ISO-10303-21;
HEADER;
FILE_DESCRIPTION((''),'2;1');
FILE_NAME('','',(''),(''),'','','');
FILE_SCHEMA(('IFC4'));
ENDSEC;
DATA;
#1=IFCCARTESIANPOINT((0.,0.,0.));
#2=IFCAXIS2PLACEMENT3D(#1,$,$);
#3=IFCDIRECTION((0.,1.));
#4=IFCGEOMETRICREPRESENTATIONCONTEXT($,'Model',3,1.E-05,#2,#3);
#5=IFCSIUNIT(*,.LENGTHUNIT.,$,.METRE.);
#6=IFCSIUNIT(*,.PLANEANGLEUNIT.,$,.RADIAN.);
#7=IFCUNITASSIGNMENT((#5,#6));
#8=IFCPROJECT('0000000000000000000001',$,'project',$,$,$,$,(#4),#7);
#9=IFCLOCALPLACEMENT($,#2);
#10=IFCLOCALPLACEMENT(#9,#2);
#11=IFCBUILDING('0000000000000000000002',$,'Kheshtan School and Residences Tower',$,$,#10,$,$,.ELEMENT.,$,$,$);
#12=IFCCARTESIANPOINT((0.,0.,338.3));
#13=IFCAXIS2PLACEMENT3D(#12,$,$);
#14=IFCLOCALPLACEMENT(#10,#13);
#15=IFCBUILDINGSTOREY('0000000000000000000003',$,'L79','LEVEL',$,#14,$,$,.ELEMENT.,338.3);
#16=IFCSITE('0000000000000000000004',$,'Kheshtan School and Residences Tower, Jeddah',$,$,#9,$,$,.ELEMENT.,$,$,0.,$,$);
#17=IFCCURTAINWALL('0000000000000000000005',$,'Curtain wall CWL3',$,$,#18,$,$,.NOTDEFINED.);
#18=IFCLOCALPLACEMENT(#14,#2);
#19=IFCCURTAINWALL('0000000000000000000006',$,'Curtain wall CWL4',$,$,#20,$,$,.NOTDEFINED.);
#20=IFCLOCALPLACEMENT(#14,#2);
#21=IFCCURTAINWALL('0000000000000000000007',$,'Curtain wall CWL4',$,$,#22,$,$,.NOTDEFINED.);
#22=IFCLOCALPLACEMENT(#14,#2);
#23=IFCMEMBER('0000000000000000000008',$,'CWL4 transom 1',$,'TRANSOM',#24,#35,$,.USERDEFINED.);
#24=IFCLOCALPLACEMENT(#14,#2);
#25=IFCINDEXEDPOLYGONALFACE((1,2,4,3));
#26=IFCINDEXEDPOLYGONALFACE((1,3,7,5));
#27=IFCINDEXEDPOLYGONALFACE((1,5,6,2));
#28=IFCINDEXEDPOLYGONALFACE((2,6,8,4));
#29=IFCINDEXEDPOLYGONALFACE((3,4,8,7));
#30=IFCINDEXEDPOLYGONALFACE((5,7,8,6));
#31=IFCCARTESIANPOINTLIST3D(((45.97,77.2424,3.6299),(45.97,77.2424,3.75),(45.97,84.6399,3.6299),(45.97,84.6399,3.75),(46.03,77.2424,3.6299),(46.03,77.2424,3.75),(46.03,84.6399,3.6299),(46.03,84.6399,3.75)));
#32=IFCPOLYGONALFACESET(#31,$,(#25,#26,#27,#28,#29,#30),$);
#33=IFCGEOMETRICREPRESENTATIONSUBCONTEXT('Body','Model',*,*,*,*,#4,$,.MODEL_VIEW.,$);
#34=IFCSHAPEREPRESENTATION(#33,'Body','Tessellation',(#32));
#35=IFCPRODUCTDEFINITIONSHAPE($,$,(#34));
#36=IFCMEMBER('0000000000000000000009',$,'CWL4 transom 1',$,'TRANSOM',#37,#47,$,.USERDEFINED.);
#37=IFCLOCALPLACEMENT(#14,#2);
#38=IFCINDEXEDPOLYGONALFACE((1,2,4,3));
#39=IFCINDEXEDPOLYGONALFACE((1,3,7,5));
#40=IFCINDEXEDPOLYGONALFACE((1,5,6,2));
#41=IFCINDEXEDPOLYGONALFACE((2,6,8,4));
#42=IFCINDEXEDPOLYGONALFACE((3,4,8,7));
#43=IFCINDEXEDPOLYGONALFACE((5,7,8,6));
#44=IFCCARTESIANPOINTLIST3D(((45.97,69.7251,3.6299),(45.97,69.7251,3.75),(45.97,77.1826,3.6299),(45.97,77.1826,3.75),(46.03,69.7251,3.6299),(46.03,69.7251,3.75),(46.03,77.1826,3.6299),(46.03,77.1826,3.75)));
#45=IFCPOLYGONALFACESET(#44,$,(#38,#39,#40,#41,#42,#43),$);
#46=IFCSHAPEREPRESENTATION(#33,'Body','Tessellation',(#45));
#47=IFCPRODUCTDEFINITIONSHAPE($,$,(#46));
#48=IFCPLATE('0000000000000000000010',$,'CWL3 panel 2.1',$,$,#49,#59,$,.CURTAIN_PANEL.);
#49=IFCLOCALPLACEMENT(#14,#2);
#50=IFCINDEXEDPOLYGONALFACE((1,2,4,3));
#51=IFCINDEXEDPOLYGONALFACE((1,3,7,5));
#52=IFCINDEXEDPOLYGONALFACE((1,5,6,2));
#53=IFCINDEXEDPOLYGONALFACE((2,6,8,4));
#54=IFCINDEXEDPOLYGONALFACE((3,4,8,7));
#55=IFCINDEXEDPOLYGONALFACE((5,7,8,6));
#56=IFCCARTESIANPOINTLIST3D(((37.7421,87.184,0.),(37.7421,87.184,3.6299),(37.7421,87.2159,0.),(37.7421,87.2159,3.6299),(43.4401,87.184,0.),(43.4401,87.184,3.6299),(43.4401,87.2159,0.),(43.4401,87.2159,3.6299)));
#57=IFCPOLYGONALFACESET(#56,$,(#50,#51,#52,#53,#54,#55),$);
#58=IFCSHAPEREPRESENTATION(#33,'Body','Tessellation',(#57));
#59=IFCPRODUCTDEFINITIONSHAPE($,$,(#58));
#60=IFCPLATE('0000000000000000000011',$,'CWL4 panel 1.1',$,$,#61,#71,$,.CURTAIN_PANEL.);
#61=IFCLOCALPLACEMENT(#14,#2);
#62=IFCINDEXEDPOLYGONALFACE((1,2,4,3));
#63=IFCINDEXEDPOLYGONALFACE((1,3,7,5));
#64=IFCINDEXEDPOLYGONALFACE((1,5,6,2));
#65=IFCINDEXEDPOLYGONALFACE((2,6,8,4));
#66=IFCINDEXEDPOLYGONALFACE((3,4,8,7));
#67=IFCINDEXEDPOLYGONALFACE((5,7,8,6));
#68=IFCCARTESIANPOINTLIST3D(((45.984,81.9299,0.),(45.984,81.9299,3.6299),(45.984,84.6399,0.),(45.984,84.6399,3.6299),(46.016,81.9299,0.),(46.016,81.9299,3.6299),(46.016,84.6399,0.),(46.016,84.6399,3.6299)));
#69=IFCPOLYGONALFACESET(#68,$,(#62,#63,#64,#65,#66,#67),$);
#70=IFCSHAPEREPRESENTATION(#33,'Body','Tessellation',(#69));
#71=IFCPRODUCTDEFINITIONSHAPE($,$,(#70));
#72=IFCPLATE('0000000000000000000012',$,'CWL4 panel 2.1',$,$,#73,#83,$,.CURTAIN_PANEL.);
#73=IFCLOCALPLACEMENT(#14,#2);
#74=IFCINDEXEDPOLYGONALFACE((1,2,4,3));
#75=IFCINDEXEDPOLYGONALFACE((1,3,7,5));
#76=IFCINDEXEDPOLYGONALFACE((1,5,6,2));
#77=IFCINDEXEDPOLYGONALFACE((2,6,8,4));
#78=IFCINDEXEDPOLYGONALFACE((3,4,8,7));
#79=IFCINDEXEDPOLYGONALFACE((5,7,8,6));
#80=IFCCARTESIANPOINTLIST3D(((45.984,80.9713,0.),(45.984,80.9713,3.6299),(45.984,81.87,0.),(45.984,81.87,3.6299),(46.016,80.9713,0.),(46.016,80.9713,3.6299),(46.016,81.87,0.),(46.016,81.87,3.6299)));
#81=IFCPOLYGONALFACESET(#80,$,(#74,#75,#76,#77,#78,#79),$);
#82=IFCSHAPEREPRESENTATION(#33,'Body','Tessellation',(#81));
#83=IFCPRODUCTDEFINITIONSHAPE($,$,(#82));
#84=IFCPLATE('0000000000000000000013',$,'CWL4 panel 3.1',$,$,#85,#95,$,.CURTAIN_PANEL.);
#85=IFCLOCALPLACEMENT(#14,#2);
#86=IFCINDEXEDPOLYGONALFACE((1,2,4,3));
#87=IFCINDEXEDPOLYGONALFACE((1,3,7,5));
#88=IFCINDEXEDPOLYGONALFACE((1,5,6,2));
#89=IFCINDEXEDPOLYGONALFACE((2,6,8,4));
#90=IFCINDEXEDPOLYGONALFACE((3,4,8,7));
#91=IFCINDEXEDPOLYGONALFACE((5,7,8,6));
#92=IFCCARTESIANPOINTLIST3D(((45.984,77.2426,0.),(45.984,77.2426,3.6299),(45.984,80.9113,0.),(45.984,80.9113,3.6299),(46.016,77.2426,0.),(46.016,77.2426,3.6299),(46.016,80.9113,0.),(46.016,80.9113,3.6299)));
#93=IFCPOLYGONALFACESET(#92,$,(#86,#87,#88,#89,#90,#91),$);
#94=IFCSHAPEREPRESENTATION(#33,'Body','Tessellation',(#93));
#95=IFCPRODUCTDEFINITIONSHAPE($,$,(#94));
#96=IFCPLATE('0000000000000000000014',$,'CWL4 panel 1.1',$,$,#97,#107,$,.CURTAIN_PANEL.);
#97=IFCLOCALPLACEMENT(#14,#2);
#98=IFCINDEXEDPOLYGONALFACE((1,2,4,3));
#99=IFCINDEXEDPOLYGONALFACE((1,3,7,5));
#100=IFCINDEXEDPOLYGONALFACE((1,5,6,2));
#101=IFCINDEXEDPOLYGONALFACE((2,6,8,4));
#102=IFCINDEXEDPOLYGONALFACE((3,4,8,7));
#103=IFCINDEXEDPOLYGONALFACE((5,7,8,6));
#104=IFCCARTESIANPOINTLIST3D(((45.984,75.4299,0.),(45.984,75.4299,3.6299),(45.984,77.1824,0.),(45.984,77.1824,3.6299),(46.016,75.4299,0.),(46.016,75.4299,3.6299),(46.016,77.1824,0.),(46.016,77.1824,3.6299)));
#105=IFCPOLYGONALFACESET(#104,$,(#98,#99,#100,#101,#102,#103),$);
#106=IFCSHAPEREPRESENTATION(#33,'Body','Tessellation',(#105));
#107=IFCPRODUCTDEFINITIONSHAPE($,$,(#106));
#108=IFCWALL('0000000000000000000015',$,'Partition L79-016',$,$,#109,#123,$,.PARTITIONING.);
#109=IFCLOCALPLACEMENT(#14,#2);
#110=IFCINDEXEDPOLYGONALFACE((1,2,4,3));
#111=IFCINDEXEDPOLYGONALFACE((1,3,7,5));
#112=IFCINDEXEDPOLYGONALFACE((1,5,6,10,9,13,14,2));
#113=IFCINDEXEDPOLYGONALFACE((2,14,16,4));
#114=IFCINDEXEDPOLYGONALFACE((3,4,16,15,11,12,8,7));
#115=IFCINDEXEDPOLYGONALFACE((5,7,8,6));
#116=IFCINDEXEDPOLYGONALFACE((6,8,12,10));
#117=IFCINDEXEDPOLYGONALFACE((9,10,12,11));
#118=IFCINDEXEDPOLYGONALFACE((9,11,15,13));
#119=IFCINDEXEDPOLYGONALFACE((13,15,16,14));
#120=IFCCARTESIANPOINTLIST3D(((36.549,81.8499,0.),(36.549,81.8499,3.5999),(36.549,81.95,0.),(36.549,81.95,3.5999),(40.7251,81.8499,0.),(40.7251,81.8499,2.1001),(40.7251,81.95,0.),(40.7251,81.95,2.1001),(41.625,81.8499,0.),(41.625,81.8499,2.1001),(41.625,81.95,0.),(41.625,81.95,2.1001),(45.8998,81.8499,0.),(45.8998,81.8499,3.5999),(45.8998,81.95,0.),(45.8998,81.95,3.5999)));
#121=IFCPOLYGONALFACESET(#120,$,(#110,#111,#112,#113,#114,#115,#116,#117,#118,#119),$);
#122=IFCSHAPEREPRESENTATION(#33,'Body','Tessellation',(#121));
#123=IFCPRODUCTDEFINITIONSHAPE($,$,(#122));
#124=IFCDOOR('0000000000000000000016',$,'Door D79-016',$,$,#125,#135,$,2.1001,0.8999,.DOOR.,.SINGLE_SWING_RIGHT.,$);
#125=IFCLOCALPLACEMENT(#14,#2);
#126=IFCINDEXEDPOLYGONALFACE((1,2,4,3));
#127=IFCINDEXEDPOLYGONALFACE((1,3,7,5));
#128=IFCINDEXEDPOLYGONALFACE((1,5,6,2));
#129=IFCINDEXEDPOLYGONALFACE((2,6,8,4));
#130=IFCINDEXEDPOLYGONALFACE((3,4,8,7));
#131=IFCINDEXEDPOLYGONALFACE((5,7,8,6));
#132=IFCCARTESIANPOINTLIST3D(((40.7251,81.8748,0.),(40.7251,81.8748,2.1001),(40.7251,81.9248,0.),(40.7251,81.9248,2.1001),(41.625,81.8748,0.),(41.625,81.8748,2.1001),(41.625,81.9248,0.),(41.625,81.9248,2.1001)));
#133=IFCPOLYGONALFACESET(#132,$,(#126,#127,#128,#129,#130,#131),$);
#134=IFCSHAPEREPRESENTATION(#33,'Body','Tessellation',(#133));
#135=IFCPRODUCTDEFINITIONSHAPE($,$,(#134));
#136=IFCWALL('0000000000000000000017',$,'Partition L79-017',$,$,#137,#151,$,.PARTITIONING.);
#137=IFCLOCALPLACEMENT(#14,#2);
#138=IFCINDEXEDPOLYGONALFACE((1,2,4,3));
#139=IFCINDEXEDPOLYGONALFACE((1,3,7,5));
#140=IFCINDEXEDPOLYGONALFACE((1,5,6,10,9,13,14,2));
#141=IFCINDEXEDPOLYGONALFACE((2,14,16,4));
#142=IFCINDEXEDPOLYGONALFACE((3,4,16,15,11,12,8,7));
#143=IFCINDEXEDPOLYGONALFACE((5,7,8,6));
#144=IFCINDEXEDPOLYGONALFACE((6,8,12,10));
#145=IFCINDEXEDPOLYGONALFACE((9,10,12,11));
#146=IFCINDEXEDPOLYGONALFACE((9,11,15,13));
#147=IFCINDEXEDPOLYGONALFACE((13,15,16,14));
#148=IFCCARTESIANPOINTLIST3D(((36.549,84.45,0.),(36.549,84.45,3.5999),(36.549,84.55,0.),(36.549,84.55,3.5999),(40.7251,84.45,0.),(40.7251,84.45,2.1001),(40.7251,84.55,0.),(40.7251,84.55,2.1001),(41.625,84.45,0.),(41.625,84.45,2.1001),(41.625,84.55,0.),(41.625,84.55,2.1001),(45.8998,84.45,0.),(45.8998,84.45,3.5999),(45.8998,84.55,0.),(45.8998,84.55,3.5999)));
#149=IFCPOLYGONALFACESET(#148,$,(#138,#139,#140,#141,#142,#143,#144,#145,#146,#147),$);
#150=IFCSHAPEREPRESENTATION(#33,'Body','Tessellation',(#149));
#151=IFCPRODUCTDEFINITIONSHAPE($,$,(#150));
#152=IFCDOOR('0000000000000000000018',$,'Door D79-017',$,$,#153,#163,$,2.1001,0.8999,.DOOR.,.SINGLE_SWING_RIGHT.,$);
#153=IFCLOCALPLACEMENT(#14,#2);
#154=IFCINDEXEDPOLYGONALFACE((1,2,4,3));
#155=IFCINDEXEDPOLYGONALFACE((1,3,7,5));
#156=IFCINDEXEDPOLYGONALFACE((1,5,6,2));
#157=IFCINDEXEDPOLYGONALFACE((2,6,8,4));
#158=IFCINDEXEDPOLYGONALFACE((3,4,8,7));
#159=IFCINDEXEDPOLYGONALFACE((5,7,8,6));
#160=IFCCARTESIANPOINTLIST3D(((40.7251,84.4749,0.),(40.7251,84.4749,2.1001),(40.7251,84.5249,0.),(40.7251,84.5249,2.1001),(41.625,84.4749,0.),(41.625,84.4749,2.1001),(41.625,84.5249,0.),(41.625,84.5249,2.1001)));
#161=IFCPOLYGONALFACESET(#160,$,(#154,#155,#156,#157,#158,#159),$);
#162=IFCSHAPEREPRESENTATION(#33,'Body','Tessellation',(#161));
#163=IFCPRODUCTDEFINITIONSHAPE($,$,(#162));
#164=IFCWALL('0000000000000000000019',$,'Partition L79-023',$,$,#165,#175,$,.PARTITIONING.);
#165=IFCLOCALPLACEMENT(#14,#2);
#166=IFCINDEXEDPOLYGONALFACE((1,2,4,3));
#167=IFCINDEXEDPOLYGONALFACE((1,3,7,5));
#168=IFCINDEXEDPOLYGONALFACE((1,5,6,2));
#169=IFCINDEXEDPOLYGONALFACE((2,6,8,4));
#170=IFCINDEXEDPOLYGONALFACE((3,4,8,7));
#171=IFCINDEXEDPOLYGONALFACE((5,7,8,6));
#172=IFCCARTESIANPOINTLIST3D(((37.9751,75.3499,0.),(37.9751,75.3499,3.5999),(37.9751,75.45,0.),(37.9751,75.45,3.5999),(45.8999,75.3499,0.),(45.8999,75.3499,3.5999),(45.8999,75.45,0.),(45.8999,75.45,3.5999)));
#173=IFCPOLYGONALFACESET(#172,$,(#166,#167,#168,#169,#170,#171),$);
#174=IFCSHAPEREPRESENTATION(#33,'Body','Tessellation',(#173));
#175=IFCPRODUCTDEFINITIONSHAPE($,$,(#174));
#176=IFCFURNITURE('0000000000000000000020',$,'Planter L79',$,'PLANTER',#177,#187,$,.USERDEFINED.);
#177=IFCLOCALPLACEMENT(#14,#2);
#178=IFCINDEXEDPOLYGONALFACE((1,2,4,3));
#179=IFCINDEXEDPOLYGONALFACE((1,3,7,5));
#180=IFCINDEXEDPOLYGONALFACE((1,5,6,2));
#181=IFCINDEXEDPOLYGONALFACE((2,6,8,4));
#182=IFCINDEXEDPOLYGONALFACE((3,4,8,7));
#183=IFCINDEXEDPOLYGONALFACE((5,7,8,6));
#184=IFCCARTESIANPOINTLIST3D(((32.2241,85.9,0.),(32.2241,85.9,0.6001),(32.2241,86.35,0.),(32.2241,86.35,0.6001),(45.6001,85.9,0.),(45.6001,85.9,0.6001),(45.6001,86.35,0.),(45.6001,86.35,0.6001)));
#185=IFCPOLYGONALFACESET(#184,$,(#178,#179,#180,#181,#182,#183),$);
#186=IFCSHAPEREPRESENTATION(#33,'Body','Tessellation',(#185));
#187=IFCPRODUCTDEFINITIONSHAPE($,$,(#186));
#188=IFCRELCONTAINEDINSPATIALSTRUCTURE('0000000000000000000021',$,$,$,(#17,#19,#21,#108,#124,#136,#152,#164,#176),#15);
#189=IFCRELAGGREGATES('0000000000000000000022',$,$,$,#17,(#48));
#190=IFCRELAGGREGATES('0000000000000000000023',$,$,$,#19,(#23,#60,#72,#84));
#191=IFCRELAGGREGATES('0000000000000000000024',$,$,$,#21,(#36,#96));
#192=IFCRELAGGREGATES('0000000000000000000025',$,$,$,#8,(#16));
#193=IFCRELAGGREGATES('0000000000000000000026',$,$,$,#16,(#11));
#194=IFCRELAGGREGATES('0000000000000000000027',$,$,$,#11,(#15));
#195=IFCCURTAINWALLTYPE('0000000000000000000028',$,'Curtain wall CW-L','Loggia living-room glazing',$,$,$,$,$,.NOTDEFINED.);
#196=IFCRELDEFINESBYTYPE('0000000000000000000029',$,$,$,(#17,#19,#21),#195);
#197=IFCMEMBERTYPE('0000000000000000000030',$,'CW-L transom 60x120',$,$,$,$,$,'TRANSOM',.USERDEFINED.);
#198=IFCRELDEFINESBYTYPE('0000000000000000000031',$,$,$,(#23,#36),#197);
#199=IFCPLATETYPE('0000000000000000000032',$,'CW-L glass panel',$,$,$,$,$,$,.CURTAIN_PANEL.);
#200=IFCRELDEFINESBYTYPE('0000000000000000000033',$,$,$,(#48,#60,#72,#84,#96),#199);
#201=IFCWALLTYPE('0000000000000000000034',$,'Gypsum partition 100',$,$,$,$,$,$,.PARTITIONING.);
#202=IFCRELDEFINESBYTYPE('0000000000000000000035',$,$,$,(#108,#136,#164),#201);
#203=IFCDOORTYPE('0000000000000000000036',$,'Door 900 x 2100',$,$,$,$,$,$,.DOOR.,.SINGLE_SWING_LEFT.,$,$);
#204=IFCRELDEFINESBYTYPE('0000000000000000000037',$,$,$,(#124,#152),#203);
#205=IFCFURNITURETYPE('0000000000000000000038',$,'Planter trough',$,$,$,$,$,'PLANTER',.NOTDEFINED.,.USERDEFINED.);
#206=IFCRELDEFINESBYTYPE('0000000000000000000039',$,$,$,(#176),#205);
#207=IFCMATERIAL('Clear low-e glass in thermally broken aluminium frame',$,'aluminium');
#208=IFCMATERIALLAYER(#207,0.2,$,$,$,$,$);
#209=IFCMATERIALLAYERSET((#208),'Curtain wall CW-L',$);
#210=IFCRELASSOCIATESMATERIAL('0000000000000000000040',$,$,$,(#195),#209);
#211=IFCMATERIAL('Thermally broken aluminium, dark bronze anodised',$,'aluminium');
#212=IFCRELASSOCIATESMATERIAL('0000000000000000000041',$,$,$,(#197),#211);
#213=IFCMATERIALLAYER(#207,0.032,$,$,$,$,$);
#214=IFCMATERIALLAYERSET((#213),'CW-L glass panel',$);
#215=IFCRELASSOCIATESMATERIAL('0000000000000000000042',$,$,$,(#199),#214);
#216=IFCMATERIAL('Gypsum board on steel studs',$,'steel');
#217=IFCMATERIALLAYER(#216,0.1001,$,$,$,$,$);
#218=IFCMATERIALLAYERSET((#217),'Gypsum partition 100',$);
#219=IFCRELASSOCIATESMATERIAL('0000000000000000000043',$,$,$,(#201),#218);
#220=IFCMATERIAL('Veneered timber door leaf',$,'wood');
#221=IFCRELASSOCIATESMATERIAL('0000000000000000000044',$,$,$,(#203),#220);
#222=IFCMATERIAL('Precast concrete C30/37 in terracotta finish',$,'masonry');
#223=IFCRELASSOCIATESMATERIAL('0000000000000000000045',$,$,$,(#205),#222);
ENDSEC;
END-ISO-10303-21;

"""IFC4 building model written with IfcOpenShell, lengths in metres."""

from ifc_helpers import new_model, si_unit, direction, frame, frame_2d, origin, origin_2d, place, context, subcontext, project, spatial, rectangle, extrude, source, transform, mapped, material, layer, layer_set, material_profile, profile_set, type_object, element, fill, aggregate, save


model = new_model("IFC4")

# Units and contexts
model_context = context("Model", 3, precision=1e-05, world=origin(), true_north=direction((0.0, 1.0)))
body_context = subcontext(model_context, "Body", "Model", "MODEL_VIEW")
ifc_project = project(units=[si_unit("LENGTHUNIT", "METRE"), si_unit("PLANEANGLEUNIT", "RADIAN")], contexts=[model_context])

# Site, building, storey
site_placement = place(None, origin())
site = spatial("IfcSite", under=ifc_project, at=site_placement, Name="Kheshtan School and Residences Tower, Jeddah", CompositionType="ELEMENT", RefElevation=0.0)
building_placement = place(site_placement, origin())
building = spatial("IfcBuilding", under=site, at=building_placement, Name="Kheshtan School and Residences Tower", CompositionType="ELEMENT")
storey_placement = place(building_placement, frame((0.0, 0.0, 338.3)))
storey = spatial("IfcBuildingStorey", under=building, at=storey_placement, Name="L79", Description="LEVEL", CompositionType="ELEMENT", Elevation=338.3)

# Curtain walls
ifc_material_1 = material(Name="Clear low-e glass in thermally broken aluminium frame", Category="aluminium")
ifc_layer_1 = layer(ifc_material_1, 0.2)
ifc_layer_set_1 = layer_set([ifc_layer_1], Name="Curtain wall CW-L")
curtain_wall_type = type_object("IfcCurtainWallType", Name="Curtain wall CW-L", Description="Loggia living-room glazing", PredefinedType="NOTDEFINED", material=ifc_layer_set_1)
curtain_wall_1_placement = place(storey_placement, origin())
curtain_wall_1 = element("IfcCurtainWall", 1, at=curtain_wall_1_placement, inside=storey, type_object=curtain_wall_type, Name="Curtain wall CWL3", PredefinedType="NOTDEFINED")
ifc_material_2 = material(Name="Thermally broken aluminium, dark bronze anodised", Category="aluminium")
curtain_wall_2_placement = place(storey_placement, origin())
curtain_wall_2 = element("IfcCurtainWall", 2, at=curtain_wall_2_placement, inside=storey, type_object=curtain_wall_type, Name="Curtain wall CWL4", PredefinedType="NOTDEFINED")

# Curtain wall
curtain_wall_3_placement = place(storey_placement, origin())
curtain_wall_3 = element("IfcCurtainWall", 3, at=curtain_wall_3_placement, inside=storey, type_object=curtain_wall_type, Name="Curtain wall CWL4", PredefinedType="NOTDEFINED")

# Members
ifc_material_profile_1 = material_profile(ifc_material_2, rectangle(XDim=0.0601, YDim=0.1201, at=origin_2d()), Name="CW-L transom 60x120")
ifc_profile_set_1 = profile_set([ifc_material_profile_1], Name="Thermally broken aluminium, dark bronze anodised")
member_type_1 = type_object("IfcMemberType", Name="CW-L transom 60x120", ElementType="TRANSOM", PredefinedType="USERDEFINED", material=ifc_profile_set_1)
member_1_placement = place(storey_placement, frame((46.0, 84.6399, 3.6899), z_axis=(0.0, -1.0, 0.0), x_axis=(1.0, 0.0, 0.0)))
member_1 = element("IfcMember", 4, at=member_1_placement, type_object=member_type_1, Name="CWL4 transom 1", ObjectType="TRANSOM", PredefinedType="USERDEFINED", context=body_context, shape_type="SweptSolid", body=[
    extrude(rectangle(XDim=0.0601, YDim=0.1201, at=origin_2d()), origin(), (0.0, 0.0, 1.0), 7.3975),
])
member_2_placement = place(storey_placement, frame((46.0, 77.1826, 3.6899), z_axis=(0.0, -1.0, 0.0), x_axis=(1.0, 0.0, 0.0)))
member_2 = element("IfcMember", 5, at=member_2_placement, type_object=member_type_1, Name="CWL4 transom 1", ObjectType="TRANSOM", PredefinedType="USERDEFINED", context=body_context, shape_type="SweptSolid", body=[
    extrude(rectangle(XDim=0.0601, YDim=0.1201, at=origin_2d()), origin(), (0.0, 0.0, 1.0), 7.4575),
])

# Plates
ifc_layer_2 = layer(ifc_material_1, 0.032)
ifc_layer_set_2 = layer_set([ifc_layer_2], Name="CW-L glass panel")
plate_type = type_object("IfcPlateType", Name="CW-L glass panel", PredefinedType="CURTAIN_PANEL", material=ifc_layer_set_2)
plate_1_placement = place(storey_placement, frame((40.5911, 87.2, 0.0), z_axis=(0.0, 0.0, 1.0), x_axis=(1.0, 0.0, 0.0)))
plate_1 = element("IfcPlate", 6, at=plate_1_placement, type_object=plate_type, Name="CWL3 panel 2.1", PredefinedType="CURTAIN_PANEL", context=body_context, shape_type="SweptSolid", body=[
    extrude(rectangle(XDim=5.698, YDim=0.032, at=origin_2d()), origin(), (0.0, 0.0, 1.0), 3.6299),
])
aggregate(curtain_wall_1, [plate_1])
plate_2_placement = place(storey_placement, frame((46.0, 83.2849, 0.0), z_axis=(0.0, 0.0, 1.0), x_axis=(0.0, -1.0, 0.0)))
plate_2 = element("IfcPlate", 7, at=plate_2_placement, type_object=plate_type, Name="CWL4 panel 1.1", PredefinedType="CURTAIN_PANEL", context=body_context, shape_type="SweptSolid", body=[
    extrude(rectangle(XDim=2.71, YDim=0.032, at=origin_2d()), origin(), (0.0, 0.0, 1.0), 3.6299),
])
plate_3_placement = place(storey_placement, frame((46.0, 81.4207, 0.0), z_axis=(0.0, 0.0, 1.0), x_axis=(0.0, -1.0, 0.0)))
plate_3 = element("IfcPlate", 8, at=plate_3_placement, type_object=plate_type, Name="CWL4 panel 2.1", PredefinedType="CURTAIN_PANEL", context=body_context, shape_type="SweptSolid", body=[
    extrude(rectangle(XDim=0.8987, YDim=0.032, at=origin_2d()), origin(), (0.0, 0.0, 1.0), 3.6299),
])
plate_4_placement = place(storey_placement, frame((46.0, 79.0769, 0.0), z_axis=(0.0, 0.0, 1.0), x_axis=(0.0, -1.0, 0.0)))
plate_4 = element("IfcPlate", 9, at=plate_4_placement, type_object=plate_type, Name="CWL4 panel 3.1", PredefinedType="CURTAIN_PANEL", context=body_context, shape_type="SweptSolid", body=[
    extrude(rectangle(XDim=3.6687, YDim=0.032, at=origin_2d()), origin(), (0.0, 0.0, 1.0), 3.6299),
])
aggregate(curtain_wall_2, [member_1, plate_2, plate_3, plate_4])
plate_5_placement = place(storey_placement, frame((46.0, 76.3062, 0.0), z_axis=(0.0, 0.0, 1.0), x_axis=(0.0, -1.0, 0.0)))
plate_5 = element("IfcPlate", 10, at=plate_5_placement, type_object=plate_type, Name="CWL4 panel 1.1", PredefinedType="CURTAIN_PANEL", context=body_context, shape_type="SweptSolid", body=[
    extrude(rectangle(XDim=1.7524, YDim=0.032, at=origin_2d()), origin(), (0.0, 0.0, 1.0), 3.6299),
])
aggregate(curtain_wall_3, [member_2, plate_5])

# Walls, openings, doors
ifc_material_3 = material(Name="Gypsum board on steel studs", Category="steel")
ifc_layer_3 = layer(ifc_material_3, 0.1001)
ifc_layer_set_3 = layer_set([ifc_layer_3], Name="Gypsum partition 100")
wall_type_1 = type_object("IfcWallType", Name="Gypsum partition 100", PredefinedType="PARTITIONING", material=ifc_layer_set_3)
wall_1_placement = place(storey_placement, frame((36.5491, 81.8999, 0.0), z_axis=(0.0, 0.0, 1.0), x_axis=(1.0, 0.0, 0.0)))
wall_1 = element("IfcWall", 11, at=wall_1_placement, inside=storey, type_object=wall_type_1, Name="Partition L79-016", PredefinedType="PARTITIONING", context=body_context, shape_type="SweptSolid", body=[
    extrude(rectangle(XDim=9.3508, YDim=0.1001, at=frame_2d((4.6753, 0.0))), origin(), (0.0, 0.0, 1.0), 3.5999),
])
opening_1_placement = place(wall_1_placement, frame((4.176, 0.0, 0.0)))
opening_1 = element("IfcOpeningElement", 12, at=opening_1_placement, cuts=wall_1, PredefinedType="OPENING", context=body_context, shape_type="SweptSolid", body=[
    extrude(rectangle(XDim=0.8999, YDim=2.1001, at=frame_2d((0.45, 1.05))), frame((0.0, 0.0601, 0.0), z_axis=(0.0, -1.0, 0.0), x_axis=(1.0, 0.0, 0.0)), (0.0, 0.0, 1.0), 0.1201),
])
ifc_material_4 = material(Name="Veneered timber door leaf", Category="wood")
door_type_1 = type_object("IfcDoorType", Name="Door 900 x 2100", OperationType="SINGLE_SWING_LEFT", PredefinedType="DOOR", material=ifc_material_4)
shared_shape_1 = source(origin(), body_context, "Body", "SweptSolid", [
    extrude(rectangle(XDim=0.8999, YDim=2.1001, at=frame_2d((0.45, 1.05))), frame((0.0, 0.0249, 0.0), z_axis=(0.0, -1.0, 0.0), x_axis=(1.0, 0.0, 0.0)), (0.0, 0.0, 1.0), 0.05),
])
door_1_placement = place(opening_1_placement, origin())
door_1 = element("IfcDoor", 13, at=door_1_placement, inside=storey, type_object=door_type_1, Name="Door D79-016", OperationType="SINGLE_SWING_RIGHT", OverallHeight=2.1001, OverallWidth=0.8999, PredefinedType="DOOR", context=body_context, shape_type="MappedRepresentation", body=[
    mapped(shared_shape_1, transform((0.0, 0.0, 0.0), x_axis=(1.0, 0.0, 0.0), y_axis=(0.0, 1.0, 0.0), z_axis=(0.0, 0.0, 1.0), scale=1.0)),
])
fill(opening_1, door_1)
wall_2_placement = place(storey_placement, frame((36.5491, 84.5, 0.0), z_axis=(0.0, 0.0, 1.0), x_axis=(1.0, 0.0, 0.0)))
wall_2 = element("IfcWall", 14, at=wall_2_placement, inside=storey, type_object=wall_type_1, Name="Partition L79-017", PredefinedType="PARTITIONING", context=body_context, shape_type="SweptSolid", body=[
    extrude(rectangle(XDim=9.3508, YDim=0.1001, at=frame_2d((4.6753, 0.0))), origin(), (0.0, 0.0, 1.0), 3.5999),
])
opening_2_placement = place(wall_2_placement, frame((4.176, 0.0, 0.0)))
opening_2 = element("IfcOpeningElement", 15, at=opening_2_placement, cuts=wall_2, PredefinedType="OPENING", context=body_context, shape_type="SweptSolid", body=[
    extrude(rectangle(XDim=0.8999, YDim=2.1001, at=frame_2d((0.45, 1.05))), frame((0.0, 0.0601, 0.0), z_axis=(0.0, -1.0, 0.0), x_axis=(1.0, 0.0, 0.0)), (0.0, 0.0, 1.0), 0.1201),
])
door_2_placement = place(opening_2_placement, origin())
door_2 = element("IfcDoor", 16, at=door_2_placement, inside=storey, type_object=door_type_1, Name="Door D79-017", OperationType="SINGLE_SWING_RIGHT", OverallHeight=2.1001, OverallWidth=0.8999, PredefinedType="DOOR", context=body_context, shape_type="MappedRepresentation", body=[
    mapped(shared_shape_1, transform((0.0, 0.0, 0.0), x_axis=(1.0, 0.0, 0.0), y_axis=(0.0, 1.0, 0.0), z_axis=(0.0, 0.0, 1.0), scale=1.0)),
])
fill(opening_2, door_2)

# Wall
wall_3_placement = place(storey_placement, frame((37.9751, 75.3999, 0.0), z_axis=(0.0, 0.0, 1.0), x_axis=(1.0, 0.0, 0.0)))
element("IfcWall", 17, at=wall_3_placement, inside=storey, type_object=wall_type_1, Name="Partition L79-023", PredefinedType="PARTITIONING", context=body_context, shape_type="SweptSolid", body=[
    extrude(rectangle(XDim=7.9248, YDim=0.1001, at=frame_2d((3.9624, 0.0))), origin(), (0.0, 0.0, 1.0), 3.5999),
])

# Furniture
ifc_material_5 = material(Name="Precast concrete C30/37 in terracotta finish", Category="masonry")
furniture_type = type_object("IfcFurnitureType", Name="Planter trough", ElementType="PLANTER", AssemblyPlace="NOTDEFINED", PredefinedType="USERDEFINED", material=ifc_material_5)
furniture_placement = place(storey_placement, frame((38.9121, 86.125, 0.0), z_axis=(0.0, 0.0, 1.0), x_axis=(1.0, 0.0, 0.0)))
element("IfcFurniture", 18, at=furniture_placement, inside=storey, type_object=furniture_type, Name="Planter L79", ObjectType="PLANTER", PredefinedType="USERDEFINED", context=body_context, shape_type="SweptSolid", body=[
    extrude(rectangle(XDim=13.376, YDim=0.45, at=origin_2d()), origin(), (0.0, 0.0, 1.0), 0.6001),
])

save(model, "model.ifc")
